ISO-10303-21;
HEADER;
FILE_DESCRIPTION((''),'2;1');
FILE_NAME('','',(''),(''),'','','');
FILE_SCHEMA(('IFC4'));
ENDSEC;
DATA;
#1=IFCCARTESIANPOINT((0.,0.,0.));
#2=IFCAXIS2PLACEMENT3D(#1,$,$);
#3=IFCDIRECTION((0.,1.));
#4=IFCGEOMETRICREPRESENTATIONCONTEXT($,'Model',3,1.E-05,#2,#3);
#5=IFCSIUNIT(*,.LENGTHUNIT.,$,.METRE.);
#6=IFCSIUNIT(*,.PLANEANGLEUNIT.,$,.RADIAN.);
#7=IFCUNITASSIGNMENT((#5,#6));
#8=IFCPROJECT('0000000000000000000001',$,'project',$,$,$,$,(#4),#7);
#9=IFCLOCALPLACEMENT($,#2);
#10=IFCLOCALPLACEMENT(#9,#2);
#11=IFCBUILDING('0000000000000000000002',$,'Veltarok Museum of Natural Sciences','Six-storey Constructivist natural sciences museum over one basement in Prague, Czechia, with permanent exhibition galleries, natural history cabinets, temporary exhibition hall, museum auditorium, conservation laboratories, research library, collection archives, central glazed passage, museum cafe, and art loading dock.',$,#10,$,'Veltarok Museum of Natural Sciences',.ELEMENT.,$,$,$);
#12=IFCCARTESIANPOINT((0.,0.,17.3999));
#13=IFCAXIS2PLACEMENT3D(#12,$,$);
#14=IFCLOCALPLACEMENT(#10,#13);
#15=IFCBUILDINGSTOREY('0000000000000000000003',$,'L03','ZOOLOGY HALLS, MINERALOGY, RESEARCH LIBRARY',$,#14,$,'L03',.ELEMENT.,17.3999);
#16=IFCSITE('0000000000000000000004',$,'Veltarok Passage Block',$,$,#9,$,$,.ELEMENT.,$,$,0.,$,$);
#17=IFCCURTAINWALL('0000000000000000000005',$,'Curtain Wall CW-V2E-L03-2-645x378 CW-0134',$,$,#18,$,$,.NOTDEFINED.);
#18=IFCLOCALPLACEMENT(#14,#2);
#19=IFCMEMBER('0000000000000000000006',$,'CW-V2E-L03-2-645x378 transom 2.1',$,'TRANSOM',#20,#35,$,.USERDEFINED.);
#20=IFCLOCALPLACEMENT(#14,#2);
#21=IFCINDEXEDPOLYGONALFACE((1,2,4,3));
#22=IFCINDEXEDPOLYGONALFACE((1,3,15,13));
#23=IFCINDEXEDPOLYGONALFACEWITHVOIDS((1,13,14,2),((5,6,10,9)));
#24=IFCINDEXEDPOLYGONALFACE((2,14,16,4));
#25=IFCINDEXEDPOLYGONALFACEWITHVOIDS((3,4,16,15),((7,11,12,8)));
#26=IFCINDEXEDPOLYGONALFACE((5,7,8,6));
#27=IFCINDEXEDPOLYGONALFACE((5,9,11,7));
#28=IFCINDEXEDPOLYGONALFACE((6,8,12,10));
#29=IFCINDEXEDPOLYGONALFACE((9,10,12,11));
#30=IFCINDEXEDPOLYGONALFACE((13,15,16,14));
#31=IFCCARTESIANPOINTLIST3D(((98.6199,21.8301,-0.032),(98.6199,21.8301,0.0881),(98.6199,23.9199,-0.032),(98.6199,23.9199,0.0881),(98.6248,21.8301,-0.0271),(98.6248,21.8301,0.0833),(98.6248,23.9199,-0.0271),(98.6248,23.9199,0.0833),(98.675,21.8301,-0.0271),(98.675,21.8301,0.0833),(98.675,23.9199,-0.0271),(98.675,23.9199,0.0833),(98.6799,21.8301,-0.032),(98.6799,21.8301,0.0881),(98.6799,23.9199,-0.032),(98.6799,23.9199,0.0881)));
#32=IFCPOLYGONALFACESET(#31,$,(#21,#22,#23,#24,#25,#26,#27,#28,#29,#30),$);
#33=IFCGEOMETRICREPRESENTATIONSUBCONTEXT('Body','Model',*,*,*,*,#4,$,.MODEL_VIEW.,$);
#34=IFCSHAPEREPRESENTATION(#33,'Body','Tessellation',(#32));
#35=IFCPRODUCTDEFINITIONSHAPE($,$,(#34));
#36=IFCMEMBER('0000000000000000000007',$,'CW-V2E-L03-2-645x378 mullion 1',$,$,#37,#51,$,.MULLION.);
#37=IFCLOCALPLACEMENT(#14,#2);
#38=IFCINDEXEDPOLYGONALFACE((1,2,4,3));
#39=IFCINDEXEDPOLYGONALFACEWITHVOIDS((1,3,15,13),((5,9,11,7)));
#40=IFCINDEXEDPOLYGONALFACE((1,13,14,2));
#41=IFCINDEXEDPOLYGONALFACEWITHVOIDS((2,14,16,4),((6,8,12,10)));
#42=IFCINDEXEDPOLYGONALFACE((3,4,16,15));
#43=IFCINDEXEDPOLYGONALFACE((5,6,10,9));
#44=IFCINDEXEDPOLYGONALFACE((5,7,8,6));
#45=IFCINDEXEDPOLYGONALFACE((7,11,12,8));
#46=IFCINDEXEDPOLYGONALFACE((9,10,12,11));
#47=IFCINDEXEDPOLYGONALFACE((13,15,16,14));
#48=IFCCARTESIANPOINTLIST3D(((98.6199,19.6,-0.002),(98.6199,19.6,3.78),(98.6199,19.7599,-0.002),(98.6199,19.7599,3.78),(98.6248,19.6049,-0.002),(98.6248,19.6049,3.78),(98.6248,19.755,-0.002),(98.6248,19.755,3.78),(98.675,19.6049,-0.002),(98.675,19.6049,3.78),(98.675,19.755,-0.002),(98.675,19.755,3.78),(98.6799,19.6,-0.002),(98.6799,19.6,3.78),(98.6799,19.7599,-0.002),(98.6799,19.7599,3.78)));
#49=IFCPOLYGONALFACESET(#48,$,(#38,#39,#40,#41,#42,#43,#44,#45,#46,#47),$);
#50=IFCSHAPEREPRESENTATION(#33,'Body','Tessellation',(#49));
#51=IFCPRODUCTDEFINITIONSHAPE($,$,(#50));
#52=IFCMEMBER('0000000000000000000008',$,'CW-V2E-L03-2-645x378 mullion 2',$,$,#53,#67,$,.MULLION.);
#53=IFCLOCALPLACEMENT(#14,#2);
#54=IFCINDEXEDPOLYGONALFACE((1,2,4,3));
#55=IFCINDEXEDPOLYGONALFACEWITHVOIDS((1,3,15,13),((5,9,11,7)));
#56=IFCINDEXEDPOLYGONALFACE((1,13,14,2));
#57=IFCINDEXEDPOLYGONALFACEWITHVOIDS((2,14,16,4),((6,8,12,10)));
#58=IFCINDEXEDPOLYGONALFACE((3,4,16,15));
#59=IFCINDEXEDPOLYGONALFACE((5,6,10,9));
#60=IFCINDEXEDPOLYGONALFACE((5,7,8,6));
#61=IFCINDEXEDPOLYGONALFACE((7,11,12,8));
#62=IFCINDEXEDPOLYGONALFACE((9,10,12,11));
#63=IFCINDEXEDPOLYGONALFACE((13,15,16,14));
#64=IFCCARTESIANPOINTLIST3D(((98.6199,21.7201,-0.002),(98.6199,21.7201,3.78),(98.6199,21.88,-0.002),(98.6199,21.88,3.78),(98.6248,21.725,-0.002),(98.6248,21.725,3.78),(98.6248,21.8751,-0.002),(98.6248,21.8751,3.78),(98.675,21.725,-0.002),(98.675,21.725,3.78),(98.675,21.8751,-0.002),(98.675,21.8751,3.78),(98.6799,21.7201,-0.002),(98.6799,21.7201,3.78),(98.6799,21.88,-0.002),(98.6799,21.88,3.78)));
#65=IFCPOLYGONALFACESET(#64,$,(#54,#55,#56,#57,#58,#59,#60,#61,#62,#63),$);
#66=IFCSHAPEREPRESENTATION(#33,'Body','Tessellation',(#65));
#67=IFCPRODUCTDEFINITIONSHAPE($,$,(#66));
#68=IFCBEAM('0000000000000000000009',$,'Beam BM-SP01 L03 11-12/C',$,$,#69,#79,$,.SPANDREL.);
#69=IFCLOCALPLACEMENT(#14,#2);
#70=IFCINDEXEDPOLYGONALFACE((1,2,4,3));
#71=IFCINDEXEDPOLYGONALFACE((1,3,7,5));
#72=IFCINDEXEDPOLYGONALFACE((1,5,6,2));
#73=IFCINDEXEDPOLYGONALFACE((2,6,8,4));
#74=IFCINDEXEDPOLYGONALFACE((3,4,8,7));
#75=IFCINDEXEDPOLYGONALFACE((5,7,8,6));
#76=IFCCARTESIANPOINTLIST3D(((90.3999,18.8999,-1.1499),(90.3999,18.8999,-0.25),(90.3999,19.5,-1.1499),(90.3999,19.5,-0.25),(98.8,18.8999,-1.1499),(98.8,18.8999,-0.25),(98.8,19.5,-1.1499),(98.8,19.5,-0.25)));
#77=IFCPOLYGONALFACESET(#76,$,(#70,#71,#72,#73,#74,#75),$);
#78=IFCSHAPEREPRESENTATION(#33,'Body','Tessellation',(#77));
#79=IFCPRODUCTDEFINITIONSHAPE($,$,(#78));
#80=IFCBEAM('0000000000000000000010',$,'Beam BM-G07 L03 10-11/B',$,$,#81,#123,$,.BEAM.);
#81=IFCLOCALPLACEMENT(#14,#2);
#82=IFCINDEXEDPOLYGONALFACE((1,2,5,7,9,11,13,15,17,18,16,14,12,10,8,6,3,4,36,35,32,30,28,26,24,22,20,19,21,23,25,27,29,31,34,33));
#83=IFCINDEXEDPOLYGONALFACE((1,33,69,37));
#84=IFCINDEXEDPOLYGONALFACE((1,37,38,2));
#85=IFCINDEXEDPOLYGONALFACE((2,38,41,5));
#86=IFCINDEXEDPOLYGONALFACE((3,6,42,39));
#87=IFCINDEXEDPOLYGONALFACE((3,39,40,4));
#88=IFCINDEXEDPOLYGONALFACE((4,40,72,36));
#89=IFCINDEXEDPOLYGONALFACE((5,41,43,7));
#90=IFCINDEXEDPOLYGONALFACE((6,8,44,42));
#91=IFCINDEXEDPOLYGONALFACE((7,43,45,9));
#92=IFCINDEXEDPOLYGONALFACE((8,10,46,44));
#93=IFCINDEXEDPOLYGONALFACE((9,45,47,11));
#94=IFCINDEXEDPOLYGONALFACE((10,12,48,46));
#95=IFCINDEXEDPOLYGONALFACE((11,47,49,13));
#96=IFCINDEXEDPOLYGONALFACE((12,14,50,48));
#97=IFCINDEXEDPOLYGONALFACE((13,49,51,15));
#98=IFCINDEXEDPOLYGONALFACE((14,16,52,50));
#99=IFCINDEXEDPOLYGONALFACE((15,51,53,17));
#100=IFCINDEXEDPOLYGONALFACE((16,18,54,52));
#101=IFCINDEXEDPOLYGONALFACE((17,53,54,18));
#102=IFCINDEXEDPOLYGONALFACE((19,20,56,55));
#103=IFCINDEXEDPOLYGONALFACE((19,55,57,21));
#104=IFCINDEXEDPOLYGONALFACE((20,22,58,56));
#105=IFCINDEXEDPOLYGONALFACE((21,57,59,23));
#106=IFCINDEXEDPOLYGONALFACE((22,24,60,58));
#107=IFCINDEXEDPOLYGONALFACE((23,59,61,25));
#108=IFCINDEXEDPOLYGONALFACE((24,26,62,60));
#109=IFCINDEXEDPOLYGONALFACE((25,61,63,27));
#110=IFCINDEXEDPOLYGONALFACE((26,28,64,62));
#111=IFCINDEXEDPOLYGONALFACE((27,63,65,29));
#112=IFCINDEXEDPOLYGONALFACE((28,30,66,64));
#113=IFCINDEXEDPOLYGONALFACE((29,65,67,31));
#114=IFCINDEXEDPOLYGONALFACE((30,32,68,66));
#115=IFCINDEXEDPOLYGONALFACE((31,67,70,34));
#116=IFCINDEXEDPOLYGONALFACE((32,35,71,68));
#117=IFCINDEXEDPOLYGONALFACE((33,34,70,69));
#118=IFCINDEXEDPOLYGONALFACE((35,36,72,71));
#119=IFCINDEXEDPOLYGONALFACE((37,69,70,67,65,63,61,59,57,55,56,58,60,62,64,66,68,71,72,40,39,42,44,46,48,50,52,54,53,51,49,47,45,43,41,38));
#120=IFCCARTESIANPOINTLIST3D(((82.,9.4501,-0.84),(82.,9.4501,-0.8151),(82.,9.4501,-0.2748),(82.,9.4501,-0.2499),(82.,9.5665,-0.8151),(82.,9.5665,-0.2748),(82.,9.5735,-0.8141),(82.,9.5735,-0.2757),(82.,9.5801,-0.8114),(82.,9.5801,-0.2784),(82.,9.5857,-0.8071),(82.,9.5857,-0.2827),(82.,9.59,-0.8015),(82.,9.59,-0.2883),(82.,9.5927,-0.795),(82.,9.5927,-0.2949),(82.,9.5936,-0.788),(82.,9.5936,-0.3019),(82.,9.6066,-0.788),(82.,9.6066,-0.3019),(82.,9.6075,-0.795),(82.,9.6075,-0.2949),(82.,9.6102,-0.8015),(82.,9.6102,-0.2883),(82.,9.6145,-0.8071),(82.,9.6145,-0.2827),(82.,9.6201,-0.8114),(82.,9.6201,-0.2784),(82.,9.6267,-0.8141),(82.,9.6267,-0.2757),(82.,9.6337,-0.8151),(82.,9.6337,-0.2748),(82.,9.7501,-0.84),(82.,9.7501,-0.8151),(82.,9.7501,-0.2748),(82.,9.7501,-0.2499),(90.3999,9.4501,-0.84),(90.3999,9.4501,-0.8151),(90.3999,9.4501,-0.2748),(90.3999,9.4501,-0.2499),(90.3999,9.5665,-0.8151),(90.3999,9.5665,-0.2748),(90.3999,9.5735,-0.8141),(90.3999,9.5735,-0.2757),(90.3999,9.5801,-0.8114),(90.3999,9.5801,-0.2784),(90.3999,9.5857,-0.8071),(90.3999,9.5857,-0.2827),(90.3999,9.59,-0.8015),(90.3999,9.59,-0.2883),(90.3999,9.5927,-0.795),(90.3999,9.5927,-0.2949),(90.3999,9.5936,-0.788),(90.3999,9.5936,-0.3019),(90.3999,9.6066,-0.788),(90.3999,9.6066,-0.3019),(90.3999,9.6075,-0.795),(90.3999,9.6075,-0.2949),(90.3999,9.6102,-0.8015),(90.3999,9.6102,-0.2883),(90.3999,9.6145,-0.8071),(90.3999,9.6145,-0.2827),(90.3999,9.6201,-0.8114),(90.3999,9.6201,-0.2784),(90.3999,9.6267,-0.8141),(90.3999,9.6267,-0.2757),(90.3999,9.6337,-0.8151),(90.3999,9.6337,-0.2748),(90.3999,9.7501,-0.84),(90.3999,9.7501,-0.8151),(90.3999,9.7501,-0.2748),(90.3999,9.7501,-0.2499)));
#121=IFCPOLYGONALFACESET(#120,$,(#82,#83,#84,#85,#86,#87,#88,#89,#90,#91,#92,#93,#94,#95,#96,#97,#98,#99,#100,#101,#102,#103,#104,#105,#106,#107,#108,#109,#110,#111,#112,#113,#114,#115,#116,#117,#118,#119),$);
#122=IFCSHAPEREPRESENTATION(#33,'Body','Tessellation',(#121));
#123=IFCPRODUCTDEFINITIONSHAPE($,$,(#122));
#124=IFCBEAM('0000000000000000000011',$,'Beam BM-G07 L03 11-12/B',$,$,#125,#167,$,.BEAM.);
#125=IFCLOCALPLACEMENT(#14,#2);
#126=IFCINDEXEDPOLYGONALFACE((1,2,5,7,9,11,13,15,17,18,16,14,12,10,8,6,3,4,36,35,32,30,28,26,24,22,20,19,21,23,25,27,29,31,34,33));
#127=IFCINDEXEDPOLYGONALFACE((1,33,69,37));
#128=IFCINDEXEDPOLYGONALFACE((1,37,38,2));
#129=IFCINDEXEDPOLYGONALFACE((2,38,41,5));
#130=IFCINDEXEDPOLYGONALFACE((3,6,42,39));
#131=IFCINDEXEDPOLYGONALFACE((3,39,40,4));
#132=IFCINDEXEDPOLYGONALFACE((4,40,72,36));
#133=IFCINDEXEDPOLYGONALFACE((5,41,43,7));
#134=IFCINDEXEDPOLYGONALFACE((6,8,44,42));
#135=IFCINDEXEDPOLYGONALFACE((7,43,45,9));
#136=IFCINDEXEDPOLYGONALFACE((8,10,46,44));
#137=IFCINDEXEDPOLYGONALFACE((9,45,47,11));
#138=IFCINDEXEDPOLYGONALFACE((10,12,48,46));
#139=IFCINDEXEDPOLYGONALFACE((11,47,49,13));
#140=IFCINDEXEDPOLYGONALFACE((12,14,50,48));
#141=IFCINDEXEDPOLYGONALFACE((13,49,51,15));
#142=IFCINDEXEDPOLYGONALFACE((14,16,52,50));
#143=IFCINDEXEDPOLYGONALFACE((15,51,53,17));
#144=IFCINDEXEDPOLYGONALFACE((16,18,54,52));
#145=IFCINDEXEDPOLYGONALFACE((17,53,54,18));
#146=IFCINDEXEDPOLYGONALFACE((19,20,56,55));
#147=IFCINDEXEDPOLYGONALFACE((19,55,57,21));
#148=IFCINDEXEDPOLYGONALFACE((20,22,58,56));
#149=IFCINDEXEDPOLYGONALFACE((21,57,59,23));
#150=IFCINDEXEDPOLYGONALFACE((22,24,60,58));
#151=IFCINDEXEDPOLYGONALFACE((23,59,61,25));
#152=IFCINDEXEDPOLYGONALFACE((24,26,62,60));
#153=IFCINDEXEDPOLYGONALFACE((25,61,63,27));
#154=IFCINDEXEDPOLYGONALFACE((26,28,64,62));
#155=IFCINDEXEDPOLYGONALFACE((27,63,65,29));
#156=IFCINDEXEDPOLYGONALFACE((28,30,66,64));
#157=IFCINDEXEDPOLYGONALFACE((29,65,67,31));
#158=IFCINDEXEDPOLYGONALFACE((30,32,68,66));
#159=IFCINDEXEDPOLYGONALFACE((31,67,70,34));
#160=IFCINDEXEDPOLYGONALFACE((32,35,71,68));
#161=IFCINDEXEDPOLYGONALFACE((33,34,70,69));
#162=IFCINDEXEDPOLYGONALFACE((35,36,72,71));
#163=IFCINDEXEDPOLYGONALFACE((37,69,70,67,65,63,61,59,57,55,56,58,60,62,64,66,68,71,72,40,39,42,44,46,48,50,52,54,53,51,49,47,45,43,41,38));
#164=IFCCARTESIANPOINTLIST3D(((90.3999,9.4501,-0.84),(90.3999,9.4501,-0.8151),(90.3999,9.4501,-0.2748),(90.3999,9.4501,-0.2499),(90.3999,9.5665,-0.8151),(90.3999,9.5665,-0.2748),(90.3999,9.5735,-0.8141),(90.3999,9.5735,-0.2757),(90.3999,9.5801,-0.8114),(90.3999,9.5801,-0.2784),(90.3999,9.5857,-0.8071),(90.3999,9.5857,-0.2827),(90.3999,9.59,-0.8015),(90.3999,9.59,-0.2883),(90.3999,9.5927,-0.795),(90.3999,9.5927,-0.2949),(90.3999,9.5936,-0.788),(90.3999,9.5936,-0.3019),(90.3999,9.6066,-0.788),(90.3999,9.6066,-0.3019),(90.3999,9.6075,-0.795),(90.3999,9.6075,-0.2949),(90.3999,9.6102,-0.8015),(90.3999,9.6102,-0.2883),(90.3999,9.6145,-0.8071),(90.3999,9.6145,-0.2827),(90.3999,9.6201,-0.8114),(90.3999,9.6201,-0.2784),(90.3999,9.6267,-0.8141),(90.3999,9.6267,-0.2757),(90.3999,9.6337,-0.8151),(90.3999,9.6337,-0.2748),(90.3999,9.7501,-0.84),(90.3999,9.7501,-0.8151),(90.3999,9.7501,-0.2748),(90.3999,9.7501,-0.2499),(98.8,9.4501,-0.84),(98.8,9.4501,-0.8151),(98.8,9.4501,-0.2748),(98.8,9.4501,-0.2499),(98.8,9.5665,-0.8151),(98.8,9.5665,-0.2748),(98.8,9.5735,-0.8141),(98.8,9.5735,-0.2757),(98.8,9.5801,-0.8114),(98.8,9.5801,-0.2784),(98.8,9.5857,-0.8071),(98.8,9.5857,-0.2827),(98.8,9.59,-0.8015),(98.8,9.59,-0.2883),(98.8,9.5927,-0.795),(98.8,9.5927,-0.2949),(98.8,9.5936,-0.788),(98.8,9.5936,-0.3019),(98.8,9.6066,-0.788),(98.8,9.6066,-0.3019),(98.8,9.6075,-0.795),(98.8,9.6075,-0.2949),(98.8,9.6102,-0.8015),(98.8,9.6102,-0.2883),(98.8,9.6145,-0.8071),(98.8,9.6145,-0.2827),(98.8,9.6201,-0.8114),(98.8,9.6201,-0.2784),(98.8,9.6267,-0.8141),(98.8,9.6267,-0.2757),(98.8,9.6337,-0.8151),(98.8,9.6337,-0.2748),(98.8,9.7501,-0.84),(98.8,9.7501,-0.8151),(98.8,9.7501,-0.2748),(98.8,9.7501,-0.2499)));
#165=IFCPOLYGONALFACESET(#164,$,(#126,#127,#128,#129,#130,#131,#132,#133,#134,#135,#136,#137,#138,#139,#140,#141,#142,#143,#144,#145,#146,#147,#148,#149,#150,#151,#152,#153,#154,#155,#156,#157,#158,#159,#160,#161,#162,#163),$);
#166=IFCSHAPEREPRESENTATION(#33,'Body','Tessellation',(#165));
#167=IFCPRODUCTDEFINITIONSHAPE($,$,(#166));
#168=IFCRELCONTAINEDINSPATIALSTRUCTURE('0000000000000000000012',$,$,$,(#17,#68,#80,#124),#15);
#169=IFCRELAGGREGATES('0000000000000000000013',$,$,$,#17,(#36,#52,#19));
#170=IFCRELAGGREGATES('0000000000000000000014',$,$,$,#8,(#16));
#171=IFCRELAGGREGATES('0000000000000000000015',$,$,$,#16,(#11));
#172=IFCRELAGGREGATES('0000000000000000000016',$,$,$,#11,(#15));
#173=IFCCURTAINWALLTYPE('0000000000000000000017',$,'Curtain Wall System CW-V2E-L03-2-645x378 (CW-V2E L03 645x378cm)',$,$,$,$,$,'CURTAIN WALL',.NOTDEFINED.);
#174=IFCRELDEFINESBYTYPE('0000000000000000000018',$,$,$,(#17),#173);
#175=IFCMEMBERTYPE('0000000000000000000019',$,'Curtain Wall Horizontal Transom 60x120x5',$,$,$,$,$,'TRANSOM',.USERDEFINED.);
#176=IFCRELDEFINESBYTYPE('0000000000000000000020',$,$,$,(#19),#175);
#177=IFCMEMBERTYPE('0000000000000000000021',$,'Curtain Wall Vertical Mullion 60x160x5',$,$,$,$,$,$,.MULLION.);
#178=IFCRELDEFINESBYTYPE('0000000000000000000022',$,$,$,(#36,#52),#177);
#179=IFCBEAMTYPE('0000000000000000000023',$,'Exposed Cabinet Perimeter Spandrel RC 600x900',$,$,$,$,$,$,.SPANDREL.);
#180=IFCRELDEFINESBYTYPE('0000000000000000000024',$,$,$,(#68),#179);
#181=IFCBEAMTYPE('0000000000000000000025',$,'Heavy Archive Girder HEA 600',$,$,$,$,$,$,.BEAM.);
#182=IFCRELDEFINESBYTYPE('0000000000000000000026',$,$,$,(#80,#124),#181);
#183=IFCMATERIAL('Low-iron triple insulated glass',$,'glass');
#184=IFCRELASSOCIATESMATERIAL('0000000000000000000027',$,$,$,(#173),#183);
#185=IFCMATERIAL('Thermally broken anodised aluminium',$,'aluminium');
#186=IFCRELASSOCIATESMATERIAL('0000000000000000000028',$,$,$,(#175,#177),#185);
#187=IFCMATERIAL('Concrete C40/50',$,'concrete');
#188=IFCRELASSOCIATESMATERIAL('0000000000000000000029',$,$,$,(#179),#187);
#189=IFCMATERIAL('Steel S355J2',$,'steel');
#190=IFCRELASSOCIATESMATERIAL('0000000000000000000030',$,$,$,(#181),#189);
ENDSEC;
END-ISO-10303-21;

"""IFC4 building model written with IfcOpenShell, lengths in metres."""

from ifc_helpers import new_model, si_unit, direction, frame, origin, origin_2d, place, context, subcontext, project, spatial, rectangle, hollow_rectangle, i_section, extrude, material, material_profile, profile_set, type_object, element, aggregate, save


model = new_model("IFC4")

# Units and contexts
model_context = context("Model", 3, precision=1e-05, world=origin(), true_north=direction((0.0, 1.0)))
body_context = subcontext(model_context, "Body", "Model", "MODEL_VIEW")
ifc_project = project(units=[si_unit("LENGTHUNIT", "METRE"), si_unit("PLANEANGLEUNIT", "RADIAN")], contexts=[model_context])

# Site, building, storey
site_placement = place(None, origin())
site = spatial("IfcSite", under=ifc_project, at=site_placement, Name="Veltarok Passage Block", CompositionType="ELEMENT", RefElevation=0.0)
building_placement = place(site_placement, origin())
building = spatial("IfcBuilding", under=site, at=building_placement, Name="Veltarok Museum of Natural Sciences", Description="Six-storey Constructivist natural sciences museum over one basement in Prague, Czechia, with permanent exhibition galleries, natural history cabinets, temporary exhibition hall, museum auditorium, conservation laboratories, research library, collection archives, central glazed passage, museum cafe, and art loading dock.", LongName="Veltarok Museum of Natural Sciences", CompositionType="ELEMENT")
storey_placement = place(building_placement, frame((0.0, 0.0, 17.3999)))
storey = spatial("IfcBuildingStorey", under=building, at=storey_placement, Name="L03", Description="ZOOLOGY HALLS, MINERALOGY, RESEARCH LIBRARY", LongName="L03", CompositionType="ELEMENT", Elevation=17.3999)

# Shared definitions
ifc_material_1 = material(Name="Steel S355J2", Category="steel")

# Curtain wall, members
ifc_material_2 = material(Name="Low-iron triple insulated glass", Category="glass")
curtain_wall_type = type_object("IfcCurtainWallType", Name="Curtain Wall System CW-V2E-L03-2-645x378 (CW-V2E L03 645x378cm)", ElementType="CURTAIN WALL", PredefinedType="NOTDEFINED", material=ifc_material_2)
curtain_wall_placement = place(storey_placement, origin())
curtain_wall = element("IfcCurtainWall", 1, at=curtain_wall_placement, inside=storey, type_object=curtain_wall_type, Name="Curtain Wall CW-V2E-L03-2-645x378 CW-0134", PredefinedType="NOTDEFINED")
ifc_material_3 = material(Name="Thermally broken anodised aluminium", Category="aluminium")
ifc_material_profile_1 = material_profile(ifc_material_3, hollow_rectangle(XDim=0.0601, YDim=0.1201, WallThickness=0.0049, at=origin_2d()), Name="CW TRANSOM 60x120x5")
ifc_profile_set_1 = profile_set([ifc_material_profile_1], Name="Thermally broken anodised aluminium")
member_type_1 = type_object("IfcMemberType", Name="Curtain Wall Horizontal Transom 60x120x5", ElementType="TRANSOM", PredefinedType="USERDEFINED", material=ifc_profile_set_1)
member_1_placement = place(storey_placement, frame((98.6499, 21.8301, 0.0281), z_axis=(0.0, 1.0, 0.0), x_axis=(-1.0, 0.0, 0.0)))
member_1 = element("IfcMember", 2, at=member_1_placement, type_object=member_type_1, Name="CW-V2E-L03-2-645x378 transom 2.1", ObjectType="TRANSOM", PredefinedType="USERDEFINED", context=body_context, shape_type="SweptSolid", body=[
    extrude(hollow_rectangle(XDim=0.0601, YDim=0.1201, WallThickness=0.0049, at=origin_2d()), origin(), (0.0, 0.0, 1.0), 2.0898),
])
ifc_material_profile_2 = material_profile(ifc_material_3, hollow_rectangle(XDim=0.0601, YDim=0.1599, WallThickness=0.0049, at=origin_2d()), Name="CW MULLION 60x160x5")
ifc_profile_set_2 = profile_set([ifc_material_profile_2], Name="Thermally broken anodised aluminium")
member_type_2 = type_object("IfcMemberType", Name="Curtain Wall Vertical Mullion 60x160x5", PredefinedType="MULLION", material=ifc_profile_set_2)
member_2_placement = place(storey_placement, frame((98.6499, 19.6799, -0.002), z_axis=(0.0, 0.0, 1.0), x_axis=(-1.0, 0.0, 0.0)))
member_2 = element("IfcMember", 3, at=member_2_placement, type_object=member_type_2, Name="CW-V2E-L03-2-645x378 mullion 1", PredefinedType="MULLION", context=body_context, shape_type="SweptSolid", body=[
    extrude(hollow_rectangle(XDim=0.0601, YDim=0.1599, WallThickness=0.0049, at=origin_2d()), origin(), (0.0, 0.0, 1.0), 3.782),
])
member_3_placement = place(storey_placement, frame((98.6499, 21.8, -0.002), z_axis=(0.0, 0.0, 1.0), x_axis=(-1.0, 0.0, 0.0)))
member_3 = element("IfcMember", 4, at=member_3_placement, type_object=member_type_2, Name="CW-V2E-L03-2-645x378 mullion 2", PredefinedType="MULLION", context=body_context, shape_type="SweptSolid", body=[
    extrude(hollow_rectangle(XDim=0.0601, YDim=0.1599, WallThickness=0.0049, at=origin_2d()), origin(), (0.0, 0.0, 1.0), 3.782),
])

# Beams
ifc_material_4 = material(Name="Concrete C40/50", Category="concrete")
ifc_material_profile_3 = material_profile(ifc_material_4, rectangle(XDim=0.6001, YDim=0.8999, at=origin_2d()), Name="RC 600x900")
ifc_profile_set_3 = profile_set([ifc_material_profile_3], Name="Concrete C40/50")
beam_type_1 = type_object("IfcBeamType", Name="Exposed Cabinet Perimeter Spandrel RC 600x900", PredefinedType="SPANDREL", material=ifc_profile_set_3)
beam_1_placement = place(storey_placement, frame((90.3999, 19.2, -0.7), z_axis=(1.0, 0.0, 0.0), x_axis=(0.0, 1.0, 0.0)))
element("IfcBeam", 5, at=beam_1_placement, inside=storey, type_object=beam_type_1, Name="Beam BM-SP01 L03 11-12/C", PredefinedType="SPANDREL", context=body_context, shape_type="SweptSolid", body=[
    extrude(rectangle(XDim=0.6001, YDim=0.8999, at=origin_2d()), origin(), (0.0, 0.0, 1.0), 8.4001),
])
ifc_material_profile_4 = material_profile(ifc_material_1, i_section(OverallWidth=0.3, OverallDepth=0.5901, WebThickness=0.0129, FlangeThickness=0.0249, FilletRadius=0.0271, at=origin_2d()), Name="HEA 600")
ifc_profile_set_4 = profile_set([ifc_material_profile_4], Name="Steel S355J2")
beam_type_2 = type_object("IfcBeamType", Name="Heavy Archive Girder HEA 600", PredefinedType="BEAM", material=ifc_profile_set_4)
beam_2_placement = place(storey_placement, frame((82.0, 9.6001, -0.5449), z_axis=(1.0, 0.0, 0.0), x_axis=(0.0, 1.0, 0.0)))
element("IfcBeam", 6, at=beam_2_placement, inside=storey, type_object=beam_type_2, Name="Beam BM-G07 L03 10-11/B", PredefinedType="BEAM", context=body_context, shape_type="SweptSolid", body=[
    extrude(i_section(OverallWidth=0.3, OverallDepth=0.5901, WebThickness=0.0129, FlangeThickness=0.0249, FilletRadius=0.0271, at=origin_2d()), origin(), (0.0, 0.0, 1.0), 8.3999),
])
beam_3_placement = place(storey_placement, frame((90.3999, 9.6001, -0.5449), z_axis=(1.0, 0.0, 0.0), x_axis=(0.0, 1.0, 0.0)))
element("IfcBeam", 7, at=beam_3_placement, inside=storey, type_object=beam_type_2, Name="Beam BM-G07 L03 11-12/B", PredefinedType="BEAM", context=body_context, shape_type="SweptSolid", body=[
    extrude(i_section(OverallWidth=0.3, OverallDepth=0.5901, WebThickness=0.0129, FlangeThickness=0.0249, FilletRadius=0.0271, at=origin_2d()), origin(), (0.0, 0.0, 1.0), 8.4001),
])

aggregate(curtain_wall, [member_2, member_3, member_1])

save(model, "model.ifc")
